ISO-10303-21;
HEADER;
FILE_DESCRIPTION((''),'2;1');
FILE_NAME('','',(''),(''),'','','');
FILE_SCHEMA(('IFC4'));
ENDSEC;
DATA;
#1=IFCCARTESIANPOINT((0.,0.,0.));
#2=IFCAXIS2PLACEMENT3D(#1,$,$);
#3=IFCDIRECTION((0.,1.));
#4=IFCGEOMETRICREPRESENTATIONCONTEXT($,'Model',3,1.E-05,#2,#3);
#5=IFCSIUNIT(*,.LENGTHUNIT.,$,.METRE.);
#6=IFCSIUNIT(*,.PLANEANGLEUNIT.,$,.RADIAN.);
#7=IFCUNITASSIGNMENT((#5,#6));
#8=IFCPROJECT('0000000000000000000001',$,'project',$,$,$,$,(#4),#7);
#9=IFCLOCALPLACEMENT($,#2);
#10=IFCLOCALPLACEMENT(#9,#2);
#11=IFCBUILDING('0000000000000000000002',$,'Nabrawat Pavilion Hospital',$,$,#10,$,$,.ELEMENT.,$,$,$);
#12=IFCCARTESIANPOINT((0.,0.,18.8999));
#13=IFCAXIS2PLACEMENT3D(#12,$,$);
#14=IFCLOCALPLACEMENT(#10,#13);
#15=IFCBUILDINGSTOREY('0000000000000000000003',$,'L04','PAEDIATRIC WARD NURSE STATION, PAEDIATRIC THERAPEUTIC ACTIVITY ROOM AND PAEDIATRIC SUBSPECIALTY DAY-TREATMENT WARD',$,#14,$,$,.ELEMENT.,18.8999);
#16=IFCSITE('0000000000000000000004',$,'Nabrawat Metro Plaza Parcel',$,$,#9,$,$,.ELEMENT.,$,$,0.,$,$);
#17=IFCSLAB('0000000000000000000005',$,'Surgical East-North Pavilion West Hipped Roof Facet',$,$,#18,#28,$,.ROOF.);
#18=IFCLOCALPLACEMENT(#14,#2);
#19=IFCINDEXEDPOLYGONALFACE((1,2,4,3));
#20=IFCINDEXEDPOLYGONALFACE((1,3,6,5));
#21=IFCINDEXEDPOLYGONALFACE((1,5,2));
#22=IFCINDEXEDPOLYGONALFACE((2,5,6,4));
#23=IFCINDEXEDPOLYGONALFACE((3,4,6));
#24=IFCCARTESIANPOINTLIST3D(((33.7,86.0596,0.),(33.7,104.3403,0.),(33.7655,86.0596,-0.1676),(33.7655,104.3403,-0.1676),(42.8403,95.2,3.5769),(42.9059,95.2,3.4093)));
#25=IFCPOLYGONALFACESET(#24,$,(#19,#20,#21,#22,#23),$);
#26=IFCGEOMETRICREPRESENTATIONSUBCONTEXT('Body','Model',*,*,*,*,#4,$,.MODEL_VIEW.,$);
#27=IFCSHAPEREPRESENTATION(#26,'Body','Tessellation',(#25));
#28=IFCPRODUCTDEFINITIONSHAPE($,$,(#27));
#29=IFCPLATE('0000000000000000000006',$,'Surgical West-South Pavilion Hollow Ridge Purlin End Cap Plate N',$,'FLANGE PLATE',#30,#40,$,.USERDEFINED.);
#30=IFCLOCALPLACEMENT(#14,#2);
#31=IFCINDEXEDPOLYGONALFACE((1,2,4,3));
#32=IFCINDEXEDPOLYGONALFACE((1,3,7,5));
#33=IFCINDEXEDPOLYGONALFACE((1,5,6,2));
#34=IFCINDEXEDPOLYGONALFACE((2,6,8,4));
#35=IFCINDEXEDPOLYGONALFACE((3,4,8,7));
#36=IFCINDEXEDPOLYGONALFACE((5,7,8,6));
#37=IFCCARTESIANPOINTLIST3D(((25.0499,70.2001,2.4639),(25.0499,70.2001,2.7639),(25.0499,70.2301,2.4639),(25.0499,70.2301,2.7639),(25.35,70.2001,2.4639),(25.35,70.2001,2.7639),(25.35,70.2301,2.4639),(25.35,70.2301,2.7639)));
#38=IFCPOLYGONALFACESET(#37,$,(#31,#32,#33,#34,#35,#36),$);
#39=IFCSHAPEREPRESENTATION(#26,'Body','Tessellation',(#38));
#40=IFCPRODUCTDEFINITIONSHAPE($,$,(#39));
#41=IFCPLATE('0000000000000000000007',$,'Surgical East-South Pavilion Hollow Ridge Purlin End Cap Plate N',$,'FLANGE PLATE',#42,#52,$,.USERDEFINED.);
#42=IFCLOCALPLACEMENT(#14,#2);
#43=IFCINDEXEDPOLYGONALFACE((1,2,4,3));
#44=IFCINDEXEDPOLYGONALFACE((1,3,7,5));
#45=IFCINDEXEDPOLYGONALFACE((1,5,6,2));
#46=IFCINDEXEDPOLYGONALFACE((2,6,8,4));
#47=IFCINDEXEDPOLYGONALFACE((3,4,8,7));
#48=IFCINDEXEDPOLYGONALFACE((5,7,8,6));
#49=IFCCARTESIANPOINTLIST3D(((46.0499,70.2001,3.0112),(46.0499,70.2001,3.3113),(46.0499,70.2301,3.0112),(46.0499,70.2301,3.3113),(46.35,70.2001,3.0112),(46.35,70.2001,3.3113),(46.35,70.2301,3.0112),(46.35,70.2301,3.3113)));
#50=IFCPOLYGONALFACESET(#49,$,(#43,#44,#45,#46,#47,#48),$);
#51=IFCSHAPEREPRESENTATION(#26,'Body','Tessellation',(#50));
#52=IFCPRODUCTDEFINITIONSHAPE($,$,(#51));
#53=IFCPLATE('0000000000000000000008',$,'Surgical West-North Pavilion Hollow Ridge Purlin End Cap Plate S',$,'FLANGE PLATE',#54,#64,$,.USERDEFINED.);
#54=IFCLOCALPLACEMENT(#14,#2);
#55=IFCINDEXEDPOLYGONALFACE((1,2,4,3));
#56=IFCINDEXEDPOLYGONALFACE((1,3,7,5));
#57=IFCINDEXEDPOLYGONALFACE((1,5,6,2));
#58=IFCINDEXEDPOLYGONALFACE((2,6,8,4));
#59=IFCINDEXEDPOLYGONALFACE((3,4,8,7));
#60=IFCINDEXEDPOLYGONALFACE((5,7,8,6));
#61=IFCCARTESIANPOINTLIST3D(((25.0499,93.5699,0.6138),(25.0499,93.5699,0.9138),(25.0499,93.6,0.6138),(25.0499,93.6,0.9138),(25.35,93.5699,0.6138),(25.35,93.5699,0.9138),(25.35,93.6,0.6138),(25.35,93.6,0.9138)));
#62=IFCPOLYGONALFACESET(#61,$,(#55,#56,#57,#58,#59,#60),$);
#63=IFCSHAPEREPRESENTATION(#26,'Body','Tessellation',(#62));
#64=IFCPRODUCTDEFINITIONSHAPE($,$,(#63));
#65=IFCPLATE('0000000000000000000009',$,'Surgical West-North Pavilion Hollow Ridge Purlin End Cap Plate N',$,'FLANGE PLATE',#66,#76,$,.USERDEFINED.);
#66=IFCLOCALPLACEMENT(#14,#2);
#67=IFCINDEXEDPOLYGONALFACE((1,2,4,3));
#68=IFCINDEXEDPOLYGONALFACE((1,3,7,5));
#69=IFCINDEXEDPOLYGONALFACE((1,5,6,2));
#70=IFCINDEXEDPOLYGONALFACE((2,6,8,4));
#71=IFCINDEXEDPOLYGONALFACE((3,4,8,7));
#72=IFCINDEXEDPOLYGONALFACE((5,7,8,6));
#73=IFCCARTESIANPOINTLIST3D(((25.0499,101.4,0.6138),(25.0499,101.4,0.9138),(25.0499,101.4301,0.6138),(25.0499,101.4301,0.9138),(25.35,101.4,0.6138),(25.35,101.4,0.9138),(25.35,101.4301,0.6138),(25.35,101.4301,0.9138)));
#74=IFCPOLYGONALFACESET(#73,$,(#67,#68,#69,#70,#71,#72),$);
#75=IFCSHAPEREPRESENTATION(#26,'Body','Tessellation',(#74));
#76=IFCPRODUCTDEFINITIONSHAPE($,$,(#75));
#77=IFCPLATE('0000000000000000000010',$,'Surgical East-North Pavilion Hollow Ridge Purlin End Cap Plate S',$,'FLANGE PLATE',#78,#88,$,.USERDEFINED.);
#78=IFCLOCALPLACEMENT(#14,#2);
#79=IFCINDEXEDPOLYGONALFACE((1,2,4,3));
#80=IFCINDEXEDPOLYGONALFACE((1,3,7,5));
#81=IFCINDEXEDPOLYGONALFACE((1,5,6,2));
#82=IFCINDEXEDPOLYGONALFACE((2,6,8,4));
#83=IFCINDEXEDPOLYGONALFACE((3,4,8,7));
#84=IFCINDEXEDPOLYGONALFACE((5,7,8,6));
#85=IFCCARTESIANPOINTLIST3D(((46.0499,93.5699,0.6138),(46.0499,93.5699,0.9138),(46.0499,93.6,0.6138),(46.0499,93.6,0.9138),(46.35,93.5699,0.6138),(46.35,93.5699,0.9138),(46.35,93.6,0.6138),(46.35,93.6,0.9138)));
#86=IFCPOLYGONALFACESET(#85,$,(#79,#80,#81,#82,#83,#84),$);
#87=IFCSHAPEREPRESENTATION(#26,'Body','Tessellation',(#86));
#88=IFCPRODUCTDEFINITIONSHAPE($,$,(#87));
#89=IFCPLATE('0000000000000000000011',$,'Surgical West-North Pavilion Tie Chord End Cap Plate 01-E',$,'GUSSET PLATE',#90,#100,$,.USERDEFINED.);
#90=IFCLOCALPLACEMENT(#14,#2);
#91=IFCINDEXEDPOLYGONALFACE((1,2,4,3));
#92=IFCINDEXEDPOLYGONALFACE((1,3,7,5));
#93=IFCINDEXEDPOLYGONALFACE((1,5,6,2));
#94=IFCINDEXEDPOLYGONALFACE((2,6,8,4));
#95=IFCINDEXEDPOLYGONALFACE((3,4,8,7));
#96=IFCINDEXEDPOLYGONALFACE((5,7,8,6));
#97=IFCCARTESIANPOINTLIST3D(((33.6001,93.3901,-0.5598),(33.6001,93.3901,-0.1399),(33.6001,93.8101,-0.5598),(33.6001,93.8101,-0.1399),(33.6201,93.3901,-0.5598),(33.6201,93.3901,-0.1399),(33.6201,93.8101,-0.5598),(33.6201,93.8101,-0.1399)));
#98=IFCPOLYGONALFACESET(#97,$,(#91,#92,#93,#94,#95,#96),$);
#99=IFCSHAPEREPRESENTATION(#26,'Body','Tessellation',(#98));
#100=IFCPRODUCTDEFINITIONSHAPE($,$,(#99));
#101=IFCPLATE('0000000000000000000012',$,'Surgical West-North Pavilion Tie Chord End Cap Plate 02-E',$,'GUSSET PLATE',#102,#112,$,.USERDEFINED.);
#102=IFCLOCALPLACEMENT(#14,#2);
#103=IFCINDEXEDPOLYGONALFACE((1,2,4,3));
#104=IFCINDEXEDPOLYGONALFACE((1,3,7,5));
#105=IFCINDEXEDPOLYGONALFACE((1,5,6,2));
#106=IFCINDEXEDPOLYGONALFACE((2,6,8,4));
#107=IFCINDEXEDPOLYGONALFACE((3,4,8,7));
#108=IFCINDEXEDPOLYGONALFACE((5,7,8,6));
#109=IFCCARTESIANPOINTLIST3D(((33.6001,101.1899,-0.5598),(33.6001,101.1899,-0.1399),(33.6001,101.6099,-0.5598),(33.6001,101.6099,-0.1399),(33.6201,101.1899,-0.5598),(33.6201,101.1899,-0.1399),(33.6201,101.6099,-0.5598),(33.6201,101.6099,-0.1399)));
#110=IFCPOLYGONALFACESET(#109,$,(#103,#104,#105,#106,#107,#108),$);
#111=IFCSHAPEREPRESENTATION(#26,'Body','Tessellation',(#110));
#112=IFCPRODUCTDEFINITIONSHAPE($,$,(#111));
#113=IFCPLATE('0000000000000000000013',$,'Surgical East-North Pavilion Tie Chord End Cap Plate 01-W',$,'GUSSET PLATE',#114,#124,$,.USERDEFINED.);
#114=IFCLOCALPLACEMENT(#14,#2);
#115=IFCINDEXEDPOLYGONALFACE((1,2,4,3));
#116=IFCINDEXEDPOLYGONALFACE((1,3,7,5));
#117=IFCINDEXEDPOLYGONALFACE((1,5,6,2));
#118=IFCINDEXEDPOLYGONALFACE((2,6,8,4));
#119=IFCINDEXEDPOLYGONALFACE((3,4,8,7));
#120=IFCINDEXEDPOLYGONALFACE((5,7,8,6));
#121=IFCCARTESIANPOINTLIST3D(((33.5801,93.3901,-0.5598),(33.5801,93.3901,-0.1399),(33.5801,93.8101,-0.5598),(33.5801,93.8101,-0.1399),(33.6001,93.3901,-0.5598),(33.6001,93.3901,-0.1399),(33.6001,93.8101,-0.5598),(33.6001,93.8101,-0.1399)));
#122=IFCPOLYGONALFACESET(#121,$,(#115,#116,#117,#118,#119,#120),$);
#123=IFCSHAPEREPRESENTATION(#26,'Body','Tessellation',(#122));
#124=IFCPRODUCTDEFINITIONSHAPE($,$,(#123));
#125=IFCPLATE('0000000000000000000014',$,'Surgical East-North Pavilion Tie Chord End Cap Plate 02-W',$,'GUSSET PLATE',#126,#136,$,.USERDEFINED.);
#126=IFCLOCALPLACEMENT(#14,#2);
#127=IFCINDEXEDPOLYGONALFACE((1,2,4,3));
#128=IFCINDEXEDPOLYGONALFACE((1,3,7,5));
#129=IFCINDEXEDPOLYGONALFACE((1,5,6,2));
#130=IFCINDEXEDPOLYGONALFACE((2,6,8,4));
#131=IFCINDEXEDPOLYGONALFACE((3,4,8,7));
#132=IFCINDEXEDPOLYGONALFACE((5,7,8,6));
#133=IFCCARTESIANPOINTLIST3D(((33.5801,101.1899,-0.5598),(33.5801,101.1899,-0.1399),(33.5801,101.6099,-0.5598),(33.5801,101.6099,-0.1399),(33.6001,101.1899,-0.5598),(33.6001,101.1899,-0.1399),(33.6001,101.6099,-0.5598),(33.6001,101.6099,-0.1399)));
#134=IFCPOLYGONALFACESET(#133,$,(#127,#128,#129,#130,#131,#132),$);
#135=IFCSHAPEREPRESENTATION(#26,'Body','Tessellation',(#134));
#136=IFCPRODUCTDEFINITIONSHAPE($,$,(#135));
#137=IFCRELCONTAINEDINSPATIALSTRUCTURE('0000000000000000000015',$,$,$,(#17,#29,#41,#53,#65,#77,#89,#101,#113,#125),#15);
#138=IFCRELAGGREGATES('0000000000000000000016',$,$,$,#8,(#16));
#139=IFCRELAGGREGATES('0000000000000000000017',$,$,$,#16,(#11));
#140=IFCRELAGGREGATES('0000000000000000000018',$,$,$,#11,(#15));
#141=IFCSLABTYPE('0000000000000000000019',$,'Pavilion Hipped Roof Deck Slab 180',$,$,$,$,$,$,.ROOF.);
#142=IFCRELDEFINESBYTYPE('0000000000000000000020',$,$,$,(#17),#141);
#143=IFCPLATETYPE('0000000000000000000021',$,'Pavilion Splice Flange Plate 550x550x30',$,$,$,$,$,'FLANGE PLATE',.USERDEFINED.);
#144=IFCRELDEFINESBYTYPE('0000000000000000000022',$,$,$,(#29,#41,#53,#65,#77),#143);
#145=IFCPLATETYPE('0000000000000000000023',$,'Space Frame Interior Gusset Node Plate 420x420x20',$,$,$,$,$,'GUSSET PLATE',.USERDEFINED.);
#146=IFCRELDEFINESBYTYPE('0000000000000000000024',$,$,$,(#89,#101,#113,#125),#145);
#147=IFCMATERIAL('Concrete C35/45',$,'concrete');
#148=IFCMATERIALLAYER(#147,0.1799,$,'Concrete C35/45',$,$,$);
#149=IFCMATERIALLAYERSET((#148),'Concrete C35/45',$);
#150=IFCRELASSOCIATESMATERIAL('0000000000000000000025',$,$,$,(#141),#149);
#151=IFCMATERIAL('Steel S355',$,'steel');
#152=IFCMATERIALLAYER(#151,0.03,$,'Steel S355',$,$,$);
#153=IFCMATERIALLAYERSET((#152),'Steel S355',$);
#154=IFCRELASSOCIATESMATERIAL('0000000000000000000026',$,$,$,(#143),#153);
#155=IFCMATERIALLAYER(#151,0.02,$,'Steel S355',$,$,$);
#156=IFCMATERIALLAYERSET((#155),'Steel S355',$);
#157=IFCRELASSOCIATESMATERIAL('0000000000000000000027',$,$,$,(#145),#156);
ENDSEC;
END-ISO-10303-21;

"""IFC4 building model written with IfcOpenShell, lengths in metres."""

from ifc_helpers import new_model, si_unit, direction, frame, origin, origin_2d, place, context, subcontext, project, spatial, polyline, rectangle, outline, extrude, material, layer, layer_set, type_object, element, save


model = new_model("IFC4")

# Units and contexts
model_context = context("Model", 3, precision=1e-05, world=origin(), true_north=direction((0.0, 1.0)))
body_context = subcontext(model_context, "Body", "Model", "MODEL_VIEW")
ifc_project = project(units=[si_unit("LENGTHUNIT", "METRE"), si_unit("PLANEANGLEUNIT", "RADIAN")], contexts=[model_context])

# Site, building, storey
site_placement = place(None, origin())
site = spatial("IfcSite", under=ifc_project, at=site_placement, Name="Nabrawat Metro Plaza Parcel", CompositionType="ELEMENT", RefElevation=0.0)
building_placement = place(site_placement, origin())
building = spatial("IfcBuilding", under=site, at=building_placement, Name="Nabrawat Pavilion Hospital", CompositionType="ELEMENT")
storey_placement = place(building_placement, frame((0.0, 0.0, 18.8999)))
storey = spatial("IfcBuildingStorey", under=building, at=storey_placement, Name="L04", Description="PAEDIATRIC WARD NURSE STATION, PAEDIATRIC THERAPEUTIC ACTIVITY ROOM AND PAEDIATRIC SUBSPECIALTY DAY-TREATMENT WARD", CompositionType="ELEMENT", Elevation=18.8999)

# Shared definitions
ifc_material_1 = material(Name="Steel S355", Category="steel")

# Slab
ifc_material_2 = material(Name="Concrete C35/45", Category="concrete")
ifc_layer_1 = layer(ifc_material_2, 0.1799, Name="Concrete C35/45")
ifc_layer_set_1 = layer_set([ifc_layer_1], Name="Concrete C35/45")
slab_type = type_object("IfcSlabType", Name="Pavilion Hipped Roof Deck Slab 180", PredefinedType="ROOF", material=ifc_layer_set_1)
slab_1_placement = place(storey_placement, frame((33.7, 104.3403, 0.0), z_axis=(-0.36442, 0.0, 0.931235), x_axis=(0.0, -1.0, 0.0)))
element("IfcSlab", 1, at=slab_1_placement, inside=storey, type_object=slab_type, Name="Surgical East-North Pavilion West Hipped Roof Facet", PredefinedType="ROOF", context=body_context, shape_type="SweptSolid", body=[
    extrude(outline(polyline([(0.0, 0.0), (18.2808, 0.0), (9.1404, 9.8153), (0.0, 0.0)])), origin(), (0.0, 0.0, -1.0), 0.1799),
])

# Plates
ifc_layer_2 = layer(ifc_material_1, 0.03, Name="Steel S355")
ifc_layer_set_2 = layer_set([ifc_layer_2], Name="Steel S355")
plate_type_1 = type_object("IfcPlateType", Name="Pavilion Splice Flange Plate 550x550x30", ElementType="FLANGE PLATE", PredefinedType="USERDEFINED", material=ifc_layer_set_2)
for number, where, z_axis, x_axis, name in (
    (2, (25.2, 70.2151, 2.4639), (0.0, 0.0, 1.0), (1.0, 0.0, 0.0), "Surgical West-South Pavilion Hollow Ridge Purlin End Cap Plate N"),
    (3, (46.2, 70.2151, 3.0112), (0.0, 0.0, 1.0), (1.0, 0.0, 0.0), "Surgical East-South Pavilion Hollow Ridge Purlin End Cap Plate N"),
    (4, (25.2, 93.585, 0.6138), (0.0, 0.0, 1.0), (1.0, 0.0, 0.0), "Surgical West-North Pavilion Hollow Ridge Purlin End Cap Plate S"),
    (5, (25.2, 101.415, 0.6138), (0.0, 0.0, 1.0), (1.0, 0.0, 0.0), "Surgical West-North Pavilion Hollow Ridge Purlin End Cap Plate N"),
    (6, (46.2, 93.585, 0.6138), (0.0, 0.0, 1.0), (1.0, 0.0, 0.0), "Surgical East-North Pavilion Hollow Ridge Purlin End Cap Plate S"),
):
    element("IfcPlate", number, at=place(storey_placement, frame(where, z_axis=z_axis, x_axis=x_axis)), inside=storey, type_object=plate_type_1, Name=name, ObjectType="FLANGE PLATE", PredefinedType="USERDEFINED", context=body_context, shape_type="SweptSolid", body=[
        extrude(rectangle(XDim=0.3, YDim=0.03, at=origin_2d()), origin(), (0.0, 0.0, 1.0), 0.3),
    ])
ifc_layer_3 = layer(ifc_material_1, 0.02, Name="Steel S355")
ifc_layer_set_3 = layer_set([ifc_layer_3], Name="Steel S355")
plate_type_2 = type_object("IfcPlateType", Name="Space Frame Interior Gusset Node Plate 420x420x20", ElementType="GUSSET PLATE", PredefinedType="USERDEFINED", material=ifc_layer_set_3)
for number, where, z_axis, x_axis, name in (
    (7, (33.6101, 93.6001, -0.5598), (0.0, 0.0, 1.0), (1.0, 0.0, 0.0), "Surgical West-North Pavilion Tie Chord End Cap Plate 01-E"),
    (8, (33.6101, 101.3999, -0.5598), (0.0, 0.0, 1.0), (1.0, 0.0, 0.0), "Surgical West-North Pavilion Tie Chord End Cap Plate 02-E"),
    (9, (33.5901, 93.6001, -0.5598), (0.0, 0.0, 1.0), (1.0, 0.0, 0.0), "Surgical East-North Pavilion Tie Chord End Cap Plate 01-W"),
    (10, (33.5901, 101.3999, -0.5598), (0.0, 0.0, 1.0), (1.0, 0.0, 0.0), "Surgical East-North Pavilion Tie Chord End Cap Plate 02-W"),
):
    element("IfcPlate", number, at=place(storey_placement, frame(where, z_axis=z_axis, x_axis=x_axis)), inside=storey, type_object=plate_type_2, Name=name, ObjectType="GUSSET PLATE", PredefinedType="USERDEFINED", context=body_context, shape_type="SweptSolid", body=[
        extrude(rectangle(XDim=0.02, YDim=0.4199, at=origin_2d()), origin(), (0.0, 0.0, 1.0), 0.4199),
    ])

save(model, "model.ifc")
